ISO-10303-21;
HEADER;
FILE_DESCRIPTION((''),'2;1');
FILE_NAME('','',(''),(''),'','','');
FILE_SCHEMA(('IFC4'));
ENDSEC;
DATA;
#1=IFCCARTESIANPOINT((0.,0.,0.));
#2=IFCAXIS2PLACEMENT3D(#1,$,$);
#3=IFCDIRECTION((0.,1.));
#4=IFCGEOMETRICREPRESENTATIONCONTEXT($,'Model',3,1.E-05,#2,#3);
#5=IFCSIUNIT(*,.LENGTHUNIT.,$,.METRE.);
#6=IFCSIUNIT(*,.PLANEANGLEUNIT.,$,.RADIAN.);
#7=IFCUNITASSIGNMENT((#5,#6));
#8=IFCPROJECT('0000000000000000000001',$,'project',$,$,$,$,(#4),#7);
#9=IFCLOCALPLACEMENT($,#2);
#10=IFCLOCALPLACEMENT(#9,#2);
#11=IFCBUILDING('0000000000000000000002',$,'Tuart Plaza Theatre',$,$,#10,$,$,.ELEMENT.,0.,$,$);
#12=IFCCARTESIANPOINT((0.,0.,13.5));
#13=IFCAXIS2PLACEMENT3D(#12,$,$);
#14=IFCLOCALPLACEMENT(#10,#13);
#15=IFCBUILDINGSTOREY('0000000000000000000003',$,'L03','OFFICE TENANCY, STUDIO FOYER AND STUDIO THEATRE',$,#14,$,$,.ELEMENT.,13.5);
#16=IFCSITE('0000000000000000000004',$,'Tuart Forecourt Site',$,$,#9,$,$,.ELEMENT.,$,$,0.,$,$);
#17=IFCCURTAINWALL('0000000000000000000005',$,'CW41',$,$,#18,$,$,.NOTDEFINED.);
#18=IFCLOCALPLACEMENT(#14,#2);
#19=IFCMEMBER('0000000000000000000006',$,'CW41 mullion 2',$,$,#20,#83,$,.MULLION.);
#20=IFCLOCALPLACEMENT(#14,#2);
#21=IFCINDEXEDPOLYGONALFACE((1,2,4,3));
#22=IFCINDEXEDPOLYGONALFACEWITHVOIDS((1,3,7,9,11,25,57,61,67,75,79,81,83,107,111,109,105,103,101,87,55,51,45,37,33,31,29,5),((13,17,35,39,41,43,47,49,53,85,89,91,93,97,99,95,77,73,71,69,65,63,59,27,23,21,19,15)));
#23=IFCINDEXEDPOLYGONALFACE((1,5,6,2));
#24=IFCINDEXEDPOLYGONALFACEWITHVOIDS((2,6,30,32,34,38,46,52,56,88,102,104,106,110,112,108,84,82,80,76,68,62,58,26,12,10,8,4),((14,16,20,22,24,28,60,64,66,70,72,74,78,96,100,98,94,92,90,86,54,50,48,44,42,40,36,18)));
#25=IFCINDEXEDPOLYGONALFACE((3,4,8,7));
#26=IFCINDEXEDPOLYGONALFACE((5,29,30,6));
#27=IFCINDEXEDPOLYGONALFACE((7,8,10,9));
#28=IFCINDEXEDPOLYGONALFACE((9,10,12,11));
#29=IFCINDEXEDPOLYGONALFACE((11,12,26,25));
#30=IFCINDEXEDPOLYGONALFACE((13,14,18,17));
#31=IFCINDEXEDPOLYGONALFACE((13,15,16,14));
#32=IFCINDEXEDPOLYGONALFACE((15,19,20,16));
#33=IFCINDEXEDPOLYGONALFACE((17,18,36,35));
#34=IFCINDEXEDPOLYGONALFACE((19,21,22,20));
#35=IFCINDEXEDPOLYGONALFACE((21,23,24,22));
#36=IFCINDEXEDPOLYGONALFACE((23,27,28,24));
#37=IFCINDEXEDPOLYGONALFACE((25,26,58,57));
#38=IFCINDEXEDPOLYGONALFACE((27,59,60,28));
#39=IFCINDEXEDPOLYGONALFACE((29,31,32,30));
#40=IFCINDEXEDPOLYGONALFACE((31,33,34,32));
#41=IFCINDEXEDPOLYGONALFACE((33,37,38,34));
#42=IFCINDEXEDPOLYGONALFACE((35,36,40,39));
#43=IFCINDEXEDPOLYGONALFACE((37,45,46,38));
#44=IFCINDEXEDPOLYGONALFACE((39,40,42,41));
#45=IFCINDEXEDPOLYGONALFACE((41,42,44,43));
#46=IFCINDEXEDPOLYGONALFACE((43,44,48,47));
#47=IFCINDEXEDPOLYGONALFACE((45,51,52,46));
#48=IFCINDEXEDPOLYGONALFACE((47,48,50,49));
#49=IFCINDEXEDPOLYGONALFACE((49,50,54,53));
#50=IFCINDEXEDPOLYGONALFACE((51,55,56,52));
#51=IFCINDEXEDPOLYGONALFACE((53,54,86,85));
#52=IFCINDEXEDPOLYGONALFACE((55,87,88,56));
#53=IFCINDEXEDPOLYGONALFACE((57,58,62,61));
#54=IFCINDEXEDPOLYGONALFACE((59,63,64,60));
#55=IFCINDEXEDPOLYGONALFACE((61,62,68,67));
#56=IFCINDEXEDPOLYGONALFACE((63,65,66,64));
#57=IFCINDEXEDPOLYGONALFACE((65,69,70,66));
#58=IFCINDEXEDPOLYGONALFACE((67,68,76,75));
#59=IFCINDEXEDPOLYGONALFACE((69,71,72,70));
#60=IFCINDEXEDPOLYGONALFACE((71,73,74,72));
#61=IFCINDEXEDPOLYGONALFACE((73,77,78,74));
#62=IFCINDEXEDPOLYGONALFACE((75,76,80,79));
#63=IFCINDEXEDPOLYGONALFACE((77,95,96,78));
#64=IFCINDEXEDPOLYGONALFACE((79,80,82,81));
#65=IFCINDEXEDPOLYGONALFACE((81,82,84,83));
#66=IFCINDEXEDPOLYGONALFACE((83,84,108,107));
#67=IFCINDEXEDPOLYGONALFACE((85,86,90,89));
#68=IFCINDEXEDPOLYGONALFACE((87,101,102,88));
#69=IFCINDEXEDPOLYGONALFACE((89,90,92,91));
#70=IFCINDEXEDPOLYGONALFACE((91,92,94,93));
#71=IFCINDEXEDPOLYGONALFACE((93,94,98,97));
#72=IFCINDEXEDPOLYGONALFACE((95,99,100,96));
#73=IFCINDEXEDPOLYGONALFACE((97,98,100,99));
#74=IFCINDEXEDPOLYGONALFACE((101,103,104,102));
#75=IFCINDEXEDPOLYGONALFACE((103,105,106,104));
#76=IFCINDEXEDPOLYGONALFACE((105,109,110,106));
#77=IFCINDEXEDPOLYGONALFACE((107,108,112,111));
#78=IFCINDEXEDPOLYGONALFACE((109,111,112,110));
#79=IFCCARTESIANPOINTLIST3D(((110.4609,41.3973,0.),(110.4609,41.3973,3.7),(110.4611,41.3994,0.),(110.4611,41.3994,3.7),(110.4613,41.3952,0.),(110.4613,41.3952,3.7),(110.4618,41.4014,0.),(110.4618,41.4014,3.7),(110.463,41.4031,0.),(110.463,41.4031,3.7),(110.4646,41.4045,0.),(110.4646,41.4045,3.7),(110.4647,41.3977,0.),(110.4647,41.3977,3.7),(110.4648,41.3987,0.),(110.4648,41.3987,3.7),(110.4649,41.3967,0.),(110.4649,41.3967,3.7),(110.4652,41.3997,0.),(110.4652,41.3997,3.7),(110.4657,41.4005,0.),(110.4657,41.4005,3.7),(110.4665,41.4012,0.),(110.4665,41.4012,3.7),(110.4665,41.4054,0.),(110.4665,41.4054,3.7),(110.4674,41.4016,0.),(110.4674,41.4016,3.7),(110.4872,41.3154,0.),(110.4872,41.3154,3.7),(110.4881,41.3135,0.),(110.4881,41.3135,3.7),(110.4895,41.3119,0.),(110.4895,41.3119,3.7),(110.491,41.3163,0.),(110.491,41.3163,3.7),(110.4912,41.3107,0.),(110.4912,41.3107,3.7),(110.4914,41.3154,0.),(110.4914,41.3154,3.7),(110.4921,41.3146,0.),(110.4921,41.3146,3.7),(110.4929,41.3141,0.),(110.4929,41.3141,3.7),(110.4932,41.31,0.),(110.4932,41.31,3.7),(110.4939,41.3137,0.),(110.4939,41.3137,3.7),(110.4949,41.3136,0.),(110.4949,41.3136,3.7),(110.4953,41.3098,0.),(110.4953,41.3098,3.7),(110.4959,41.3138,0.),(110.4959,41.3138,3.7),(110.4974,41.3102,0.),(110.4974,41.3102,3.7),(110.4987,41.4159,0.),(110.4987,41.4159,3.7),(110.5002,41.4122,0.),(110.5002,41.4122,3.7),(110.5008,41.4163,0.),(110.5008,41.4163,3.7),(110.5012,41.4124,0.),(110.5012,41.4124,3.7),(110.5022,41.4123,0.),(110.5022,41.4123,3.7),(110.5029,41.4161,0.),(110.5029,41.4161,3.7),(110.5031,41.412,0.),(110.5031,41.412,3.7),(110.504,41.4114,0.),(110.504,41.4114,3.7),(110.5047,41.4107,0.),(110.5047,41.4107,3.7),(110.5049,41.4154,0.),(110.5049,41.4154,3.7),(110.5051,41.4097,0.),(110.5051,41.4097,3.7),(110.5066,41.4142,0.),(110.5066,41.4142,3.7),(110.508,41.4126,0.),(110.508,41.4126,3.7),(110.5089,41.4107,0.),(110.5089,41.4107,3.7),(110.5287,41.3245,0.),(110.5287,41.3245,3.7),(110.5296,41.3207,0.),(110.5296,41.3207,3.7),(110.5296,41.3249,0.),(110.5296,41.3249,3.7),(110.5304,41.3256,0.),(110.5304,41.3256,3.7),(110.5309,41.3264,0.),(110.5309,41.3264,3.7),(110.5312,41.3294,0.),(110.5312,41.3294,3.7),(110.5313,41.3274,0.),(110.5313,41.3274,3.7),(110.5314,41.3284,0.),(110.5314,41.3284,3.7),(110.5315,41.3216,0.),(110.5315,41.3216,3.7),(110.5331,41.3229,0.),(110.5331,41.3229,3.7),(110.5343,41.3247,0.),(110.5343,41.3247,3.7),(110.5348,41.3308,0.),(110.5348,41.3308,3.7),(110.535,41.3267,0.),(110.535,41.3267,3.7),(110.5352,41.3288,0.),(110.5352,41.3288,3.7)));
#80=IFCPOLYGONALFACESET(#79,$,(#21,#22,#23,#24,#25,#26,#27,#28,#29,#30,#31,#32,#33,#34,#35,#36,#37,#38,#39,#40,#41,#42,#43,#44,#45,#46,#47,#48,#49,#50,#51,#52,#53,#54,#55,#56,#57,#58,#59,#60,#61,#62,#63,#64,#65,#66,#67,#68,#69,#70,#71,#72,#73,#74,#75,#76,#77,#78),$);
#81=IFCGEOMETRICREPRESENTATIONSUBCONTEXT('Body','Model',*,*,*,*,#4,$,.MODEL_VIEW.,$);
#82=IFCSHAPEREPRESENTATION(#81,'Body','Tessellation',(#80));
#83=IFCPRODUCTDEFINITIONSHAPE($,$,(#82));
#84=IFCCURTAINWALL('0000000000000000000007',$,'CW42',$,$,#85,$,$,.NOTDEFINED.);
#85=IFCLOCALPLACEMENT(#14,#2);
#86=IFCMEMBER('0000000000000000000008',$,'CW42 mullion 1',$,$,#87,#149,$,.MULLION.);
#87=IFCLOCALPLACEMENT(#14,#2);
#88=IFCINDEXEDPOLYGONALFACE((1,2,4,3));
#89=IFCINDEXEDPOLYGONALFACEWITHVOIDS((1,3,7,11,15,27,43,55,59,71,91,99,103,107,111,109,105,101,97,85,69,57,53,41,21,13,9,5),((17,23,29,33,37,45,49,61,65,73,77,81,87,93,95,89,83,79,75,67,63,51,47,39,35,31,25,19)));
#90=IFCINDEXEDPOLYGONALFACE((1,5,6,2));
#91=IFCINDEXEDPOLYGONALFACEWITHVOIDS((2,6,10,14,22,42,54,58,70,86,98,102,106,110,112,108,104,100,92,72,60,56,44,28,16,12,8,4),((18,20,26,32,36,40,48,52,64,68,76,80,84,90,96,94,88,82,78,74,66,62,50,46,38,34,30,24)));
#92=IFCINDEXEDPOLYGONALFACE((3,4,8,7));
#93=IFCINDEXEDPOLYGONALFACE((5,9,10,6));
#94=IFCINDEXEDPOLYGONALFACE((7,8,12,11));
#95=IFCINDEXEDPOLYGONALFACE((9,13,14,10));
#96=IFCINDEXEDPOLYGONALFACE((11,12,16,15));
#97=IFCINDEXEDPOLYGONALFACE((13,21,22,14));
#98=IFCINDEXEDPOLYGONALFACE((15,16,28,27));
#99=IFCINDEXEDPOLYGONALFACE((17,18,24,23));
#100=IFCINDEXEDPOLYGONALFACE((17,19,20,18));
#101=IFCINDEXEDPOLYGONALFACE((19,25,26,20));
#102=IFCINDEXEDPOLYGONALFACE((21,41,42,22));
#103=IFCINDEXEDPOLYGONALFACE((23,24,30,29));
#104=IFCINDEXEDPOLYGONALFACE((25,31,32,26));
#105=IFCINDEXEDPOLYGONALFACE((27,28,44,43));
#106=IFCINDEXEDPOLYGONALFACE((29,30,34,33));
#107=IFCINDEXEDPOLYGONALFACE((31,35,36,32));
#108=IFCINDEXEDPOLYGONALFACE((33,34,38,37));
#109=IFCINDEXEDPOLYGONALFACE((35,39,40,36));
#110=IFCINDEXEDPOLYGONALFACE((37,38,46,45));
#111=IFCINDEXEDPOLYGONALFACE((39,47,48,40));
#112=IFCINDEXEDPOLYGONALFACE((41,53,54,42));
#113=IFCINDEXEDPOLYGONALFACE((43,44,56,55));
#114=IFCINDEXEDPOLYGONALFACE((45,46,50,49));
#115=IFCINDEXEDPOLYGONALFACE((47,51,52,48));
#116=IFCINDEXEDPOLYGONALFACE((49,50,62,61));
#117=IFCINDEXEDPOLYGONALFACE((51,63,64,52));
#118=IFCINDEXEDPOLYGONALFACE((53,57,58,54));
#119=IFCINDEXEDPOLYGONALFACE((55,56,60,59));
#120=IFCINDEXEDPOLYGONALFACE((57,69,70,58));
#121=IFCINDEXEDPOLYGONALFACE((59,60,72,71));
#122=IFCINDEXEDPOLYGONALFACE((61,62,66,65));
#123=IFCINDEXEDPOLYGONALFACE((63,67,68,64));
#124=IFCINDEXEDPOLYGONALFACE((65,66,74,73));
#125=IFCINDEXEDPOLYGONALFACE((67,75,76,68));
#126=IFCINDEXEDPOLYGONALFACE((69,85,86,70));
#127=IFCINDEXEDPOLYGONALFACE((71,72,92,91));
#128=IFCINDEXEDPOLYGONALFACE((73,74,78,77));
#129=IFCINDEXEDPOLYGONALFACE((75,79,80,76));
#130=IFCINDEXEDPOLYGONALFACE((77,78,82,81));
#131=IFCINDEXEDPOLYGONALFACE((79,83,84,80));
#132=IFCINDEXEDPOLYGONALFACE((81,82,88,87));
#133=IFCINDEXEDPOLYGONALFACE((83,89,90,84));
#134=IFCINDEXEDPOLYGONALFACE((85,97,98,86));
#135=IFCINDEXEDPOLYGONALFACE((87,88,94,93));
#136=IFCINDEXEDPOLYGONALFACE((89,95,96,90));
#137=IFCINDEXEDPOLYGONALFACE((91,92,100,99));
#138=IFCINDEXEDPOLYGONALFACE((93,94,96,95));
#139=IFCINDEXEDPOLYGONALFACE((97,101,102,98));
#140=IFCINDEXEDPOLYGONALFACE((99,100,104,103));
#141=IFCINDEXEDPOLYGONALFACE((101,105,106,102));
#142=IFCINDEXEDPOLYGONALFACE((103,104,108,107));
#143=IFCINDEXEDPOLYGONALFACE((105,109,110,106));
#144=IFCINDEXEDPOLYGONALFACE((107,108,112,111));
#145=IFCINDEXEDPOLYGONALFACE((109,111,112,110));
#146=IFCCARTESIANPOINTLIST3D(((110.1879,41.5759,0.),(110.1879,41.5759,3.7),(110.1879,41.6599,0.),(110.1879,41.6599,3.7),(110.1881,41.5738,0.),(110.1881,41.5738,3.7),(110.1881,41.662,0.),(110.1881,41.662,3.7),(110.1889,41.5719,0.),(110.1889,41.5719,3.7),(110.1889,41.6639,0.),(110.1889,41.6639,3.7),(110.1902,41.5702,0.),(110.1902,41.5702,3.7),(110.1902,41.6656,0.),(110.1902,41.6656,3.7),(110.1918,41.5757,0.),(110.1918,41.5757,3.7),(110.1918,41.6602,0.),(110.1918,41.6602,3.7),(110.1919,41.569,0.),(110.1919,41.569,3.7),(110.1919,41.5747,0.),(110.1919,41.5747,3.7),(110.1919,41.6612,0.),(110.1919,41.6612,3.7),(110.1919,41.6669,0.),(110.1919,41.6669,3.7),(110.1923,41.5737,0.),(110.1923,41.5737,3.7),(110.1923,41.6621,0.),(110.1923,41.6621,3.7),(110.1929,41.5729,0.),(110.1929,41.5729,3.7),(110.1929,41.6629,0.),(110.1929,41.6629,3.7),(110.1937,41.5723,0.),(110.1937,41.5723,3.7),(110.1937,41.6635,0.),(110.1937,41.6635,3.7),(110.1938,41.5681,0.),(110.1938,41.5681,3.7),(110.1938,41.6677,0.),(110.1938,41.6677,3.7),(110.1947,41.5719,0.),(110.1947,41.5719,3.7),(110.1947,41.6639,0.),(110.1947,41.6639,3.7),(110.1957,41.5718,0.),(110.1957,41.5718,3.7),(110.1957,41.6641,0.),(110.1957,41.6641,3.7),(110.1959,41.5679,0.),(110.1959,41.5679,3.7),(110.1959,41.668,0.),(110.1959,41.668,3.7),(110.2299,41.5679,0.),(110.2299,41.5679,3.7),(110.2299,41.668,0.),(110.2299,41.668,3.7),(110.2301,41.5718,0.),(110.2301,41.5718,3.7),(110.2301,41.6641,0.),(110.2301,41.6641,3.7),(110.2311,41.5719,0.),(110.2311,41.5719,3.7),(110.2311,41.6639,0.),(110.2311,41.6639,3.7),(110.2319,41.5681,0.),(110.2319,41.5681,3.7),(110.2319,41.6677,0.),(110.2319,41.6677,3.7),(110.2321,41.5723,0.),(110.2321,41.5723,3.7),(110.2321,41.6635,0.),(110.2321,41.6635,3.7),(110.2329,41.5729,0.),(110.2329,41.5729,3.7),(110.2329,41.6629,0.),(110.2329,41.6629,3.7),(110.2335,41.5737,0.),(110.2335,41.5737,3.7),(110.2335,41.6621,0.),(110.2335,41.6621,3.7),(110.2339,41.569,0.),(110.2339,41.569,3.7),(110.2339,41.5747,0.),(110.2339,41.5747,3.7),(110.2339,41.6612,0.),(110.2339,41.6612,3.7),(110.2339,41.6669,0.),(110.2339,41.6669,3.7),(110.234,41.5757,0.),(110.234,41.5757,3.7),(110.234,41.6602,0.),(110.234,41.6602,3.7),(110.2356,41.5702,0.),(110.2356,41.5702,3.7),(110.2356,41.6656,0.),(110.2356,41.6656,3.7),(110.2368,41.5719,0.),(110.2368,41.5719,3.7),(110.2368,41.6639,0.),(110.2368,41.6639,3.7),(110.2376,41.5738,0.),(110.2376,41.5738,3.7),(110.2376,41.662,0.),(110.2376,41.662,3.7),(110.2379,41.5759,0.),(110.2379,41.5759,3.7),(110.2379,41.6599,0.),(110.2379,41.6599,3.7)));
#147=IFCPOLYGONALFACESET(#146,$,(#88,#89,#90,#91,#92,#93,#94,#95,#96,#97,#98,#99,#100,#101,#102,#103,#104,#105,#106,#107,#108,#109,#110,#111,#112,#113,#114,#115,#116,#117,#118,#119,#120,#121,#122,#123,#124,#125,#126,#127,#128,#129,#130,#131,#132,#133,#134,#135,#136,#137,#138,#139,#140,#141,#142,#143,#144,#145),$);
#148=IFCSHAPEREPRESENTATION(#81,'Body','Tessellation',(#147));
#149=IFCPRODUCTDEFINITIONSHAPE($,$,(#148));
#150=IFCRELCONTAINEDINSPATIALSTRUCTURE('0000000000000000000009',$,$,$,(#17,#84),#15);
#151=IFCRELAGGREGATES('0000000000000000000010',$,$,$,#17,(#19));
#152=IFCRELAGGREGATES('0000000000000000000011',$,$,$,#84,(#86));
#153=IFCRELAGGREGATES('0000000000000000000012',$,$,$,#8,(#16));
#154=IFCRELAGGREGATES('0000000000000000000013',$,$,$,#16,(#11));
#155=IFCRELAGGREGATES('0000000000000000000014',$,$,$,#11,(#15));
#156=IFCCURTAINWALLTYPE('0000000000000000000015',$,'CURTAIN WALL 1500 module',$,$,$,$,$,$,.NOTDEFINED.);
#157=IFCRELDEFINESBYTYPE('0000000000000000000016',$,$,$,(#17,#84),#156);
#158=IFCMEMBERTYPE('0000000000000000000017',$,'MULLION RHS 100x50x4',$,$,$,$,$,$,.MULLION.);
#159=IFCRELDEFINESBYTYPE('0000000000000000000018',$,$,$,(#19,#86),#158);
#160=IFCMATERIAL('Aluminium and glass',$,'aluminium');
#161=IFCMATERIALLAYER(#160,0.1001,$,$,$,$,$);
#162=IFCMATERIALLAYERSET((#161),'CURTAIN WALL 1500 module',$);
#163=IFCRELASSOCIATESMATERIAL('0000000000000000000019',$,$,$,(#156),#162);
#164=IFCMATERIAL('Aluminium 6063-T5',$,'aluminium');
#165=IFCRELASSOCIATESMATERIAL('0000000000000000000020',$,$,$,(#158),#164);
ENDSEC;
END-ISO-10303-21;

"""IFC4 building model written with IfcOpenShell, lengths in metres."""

from ifc_helpers import new_model, si_unit, direction, frame, origin, origin_2d, place, context, subcontext, project, spatial, hollow_rectangle, extrude, material, layer, layer_set, material_profile, profile_set, type_object, element, aggregate, save


model = new_model("IFC4")

# Units and contexts
model_context = context("Model", 3, precision=1e-05, world=origin(), true_north=direction((0.0, 1.0)))
body_context = subcontext(model_context, "Body", "Model", "MODEL_VIEW")
ifc_project = project(units=[si_unit("LENGTHUNIT", "METRE"), si_unit("PLANEANGLEUNIT", "RADIAN")], contexts=[model_context])

# Site, building, storey
site_placement = place(None, origin())
site = spatial("IfcSite", under=ifc_project, at=site_placement, Name="Tuart Forecourt Site", CompositionType="ELEMENT", RefElevation=0.0)
building_placement = place(site_placement, origin())
building = spatial("IfcBuilding", under=site, at=building_placement, Name="Tuart Plaza Theatre", CompositionType="ELEMENT", ElevationOfRefHeight=0.0)
storey_placement = place(building_placement, frame((0.0, 0.0, 13.5)))
storey = spatial("IfcBuildingStorey", under=building, at=storey_placement, Name="L03", Description="OFFICE TENANCY, STUDIO FOYER AND STUDIO THEATRE", CompositionType="ELEMENT", Elevation=13.5)

# Shared definitions
ifc_material_1 = material(Name="Aluminium and glass", Category="aluminium")
ifc_layer_1 = layer(ifc_material_1, 0.1001)
ifc_layer_set_1 = layer_set([ifc_layer_1], Name="CURTAIN WALL 1500 module")
curtain_wall_type = type_object("IfcCurtainWallType", Name="CURTAIN WALL 1500 module", PredefinedType="NOTDEFINED", material=ifc_layer_set_1)
ifc_material_2 = material(Name="Aluminium 6063-T5", Category="aluminium")
ifc_material_profile_1 = material_profile(ifc_material_2, hollow_rectangle(XDim=0.05, YDim=0.1001, WallThickness=0.0039, InnerFilletRadius=0.0039, OuterFilletRadius=0.0081, at=origin_2d()), Name="RHS 100x50x4")
ifc_profile_set_1 = profile_set([ifc_material_profile_1], Name="Aluminium 6063-T5")
member_type_1 = type_object("IfcMemberType", Name="MULLION RHS 100x50x4", PredefinedType="MULLION", material=ifc_profile_set_1)

# Curtain walls, members
curtain_wall_1_placement = place(storey_placement, origin())
curtain_wall_1 = element("IfcCurtainWall", 1, at=curtain_wall_1_placement, inside=storey, type_object=curtain_wall_type, Name="CW41", PredefinedType="NOTDEFINED")
member_1_placement = place(storey_placement, frame((110.498, 41.363, 0.0), z_axis=(0.0, 0.0, 1.0), x_axis=(0.951122, 0.308815, 0.0)))
member_1 = element("IfcMember", 2, at=member_1_placement, type_object=member_type_1, Name="CW41 mullion 2", PredefinedType="MULLION", context=body_context, shape_type="SweptSolid", body=[
    extrude(hollow_rectangle(XDim=0.05, YDim=0.1001, WallThickness=0.0039, InnerFilletRadius=0.0039, OuterFilletRadius=0.0081, at=origin_2d()), origin(), (0.0, 0.0, 1.0), 3.7),
])
aggregate(curtain_wall_1, [member_1])
curtain_wall_2_placement = place(storey_placement, origin())
curtain_wall_2 = element("IfcCurtainWall", 3, at=curtain_wall_2_placement, inside=storey, type_object=curtain_wall_type, Name="CW42", PredefinedType="NOTDEFINED")
member_2_placement = place(storey_placement, frame((110.2129, 41.6179, 0.0), z_axis=(0.0, 0.0, 1.0), x_axis=(-1.0, 0.0, 0.0)))
member_2 = element("IfcMember", 4, at=member_2_placement, type_object=member_type_1, Name="CW42 mullion 1", PredefinedType="MULLION", context=body_context, shape_type="SweptSolid", body=[
    extrude(hollow_rectangle(XDim=0.05, YDim=0.1001, WallThickness=0.0039, InnerFilletRadius=0.0039, OuterFilletRadius=0.0081, at=origin_2d()), origin(), (0.0, 0.0, 1.0), 3.7),
])

aggregate(curtain_wall_2, [member_2])

save(model, "model.ifc")
